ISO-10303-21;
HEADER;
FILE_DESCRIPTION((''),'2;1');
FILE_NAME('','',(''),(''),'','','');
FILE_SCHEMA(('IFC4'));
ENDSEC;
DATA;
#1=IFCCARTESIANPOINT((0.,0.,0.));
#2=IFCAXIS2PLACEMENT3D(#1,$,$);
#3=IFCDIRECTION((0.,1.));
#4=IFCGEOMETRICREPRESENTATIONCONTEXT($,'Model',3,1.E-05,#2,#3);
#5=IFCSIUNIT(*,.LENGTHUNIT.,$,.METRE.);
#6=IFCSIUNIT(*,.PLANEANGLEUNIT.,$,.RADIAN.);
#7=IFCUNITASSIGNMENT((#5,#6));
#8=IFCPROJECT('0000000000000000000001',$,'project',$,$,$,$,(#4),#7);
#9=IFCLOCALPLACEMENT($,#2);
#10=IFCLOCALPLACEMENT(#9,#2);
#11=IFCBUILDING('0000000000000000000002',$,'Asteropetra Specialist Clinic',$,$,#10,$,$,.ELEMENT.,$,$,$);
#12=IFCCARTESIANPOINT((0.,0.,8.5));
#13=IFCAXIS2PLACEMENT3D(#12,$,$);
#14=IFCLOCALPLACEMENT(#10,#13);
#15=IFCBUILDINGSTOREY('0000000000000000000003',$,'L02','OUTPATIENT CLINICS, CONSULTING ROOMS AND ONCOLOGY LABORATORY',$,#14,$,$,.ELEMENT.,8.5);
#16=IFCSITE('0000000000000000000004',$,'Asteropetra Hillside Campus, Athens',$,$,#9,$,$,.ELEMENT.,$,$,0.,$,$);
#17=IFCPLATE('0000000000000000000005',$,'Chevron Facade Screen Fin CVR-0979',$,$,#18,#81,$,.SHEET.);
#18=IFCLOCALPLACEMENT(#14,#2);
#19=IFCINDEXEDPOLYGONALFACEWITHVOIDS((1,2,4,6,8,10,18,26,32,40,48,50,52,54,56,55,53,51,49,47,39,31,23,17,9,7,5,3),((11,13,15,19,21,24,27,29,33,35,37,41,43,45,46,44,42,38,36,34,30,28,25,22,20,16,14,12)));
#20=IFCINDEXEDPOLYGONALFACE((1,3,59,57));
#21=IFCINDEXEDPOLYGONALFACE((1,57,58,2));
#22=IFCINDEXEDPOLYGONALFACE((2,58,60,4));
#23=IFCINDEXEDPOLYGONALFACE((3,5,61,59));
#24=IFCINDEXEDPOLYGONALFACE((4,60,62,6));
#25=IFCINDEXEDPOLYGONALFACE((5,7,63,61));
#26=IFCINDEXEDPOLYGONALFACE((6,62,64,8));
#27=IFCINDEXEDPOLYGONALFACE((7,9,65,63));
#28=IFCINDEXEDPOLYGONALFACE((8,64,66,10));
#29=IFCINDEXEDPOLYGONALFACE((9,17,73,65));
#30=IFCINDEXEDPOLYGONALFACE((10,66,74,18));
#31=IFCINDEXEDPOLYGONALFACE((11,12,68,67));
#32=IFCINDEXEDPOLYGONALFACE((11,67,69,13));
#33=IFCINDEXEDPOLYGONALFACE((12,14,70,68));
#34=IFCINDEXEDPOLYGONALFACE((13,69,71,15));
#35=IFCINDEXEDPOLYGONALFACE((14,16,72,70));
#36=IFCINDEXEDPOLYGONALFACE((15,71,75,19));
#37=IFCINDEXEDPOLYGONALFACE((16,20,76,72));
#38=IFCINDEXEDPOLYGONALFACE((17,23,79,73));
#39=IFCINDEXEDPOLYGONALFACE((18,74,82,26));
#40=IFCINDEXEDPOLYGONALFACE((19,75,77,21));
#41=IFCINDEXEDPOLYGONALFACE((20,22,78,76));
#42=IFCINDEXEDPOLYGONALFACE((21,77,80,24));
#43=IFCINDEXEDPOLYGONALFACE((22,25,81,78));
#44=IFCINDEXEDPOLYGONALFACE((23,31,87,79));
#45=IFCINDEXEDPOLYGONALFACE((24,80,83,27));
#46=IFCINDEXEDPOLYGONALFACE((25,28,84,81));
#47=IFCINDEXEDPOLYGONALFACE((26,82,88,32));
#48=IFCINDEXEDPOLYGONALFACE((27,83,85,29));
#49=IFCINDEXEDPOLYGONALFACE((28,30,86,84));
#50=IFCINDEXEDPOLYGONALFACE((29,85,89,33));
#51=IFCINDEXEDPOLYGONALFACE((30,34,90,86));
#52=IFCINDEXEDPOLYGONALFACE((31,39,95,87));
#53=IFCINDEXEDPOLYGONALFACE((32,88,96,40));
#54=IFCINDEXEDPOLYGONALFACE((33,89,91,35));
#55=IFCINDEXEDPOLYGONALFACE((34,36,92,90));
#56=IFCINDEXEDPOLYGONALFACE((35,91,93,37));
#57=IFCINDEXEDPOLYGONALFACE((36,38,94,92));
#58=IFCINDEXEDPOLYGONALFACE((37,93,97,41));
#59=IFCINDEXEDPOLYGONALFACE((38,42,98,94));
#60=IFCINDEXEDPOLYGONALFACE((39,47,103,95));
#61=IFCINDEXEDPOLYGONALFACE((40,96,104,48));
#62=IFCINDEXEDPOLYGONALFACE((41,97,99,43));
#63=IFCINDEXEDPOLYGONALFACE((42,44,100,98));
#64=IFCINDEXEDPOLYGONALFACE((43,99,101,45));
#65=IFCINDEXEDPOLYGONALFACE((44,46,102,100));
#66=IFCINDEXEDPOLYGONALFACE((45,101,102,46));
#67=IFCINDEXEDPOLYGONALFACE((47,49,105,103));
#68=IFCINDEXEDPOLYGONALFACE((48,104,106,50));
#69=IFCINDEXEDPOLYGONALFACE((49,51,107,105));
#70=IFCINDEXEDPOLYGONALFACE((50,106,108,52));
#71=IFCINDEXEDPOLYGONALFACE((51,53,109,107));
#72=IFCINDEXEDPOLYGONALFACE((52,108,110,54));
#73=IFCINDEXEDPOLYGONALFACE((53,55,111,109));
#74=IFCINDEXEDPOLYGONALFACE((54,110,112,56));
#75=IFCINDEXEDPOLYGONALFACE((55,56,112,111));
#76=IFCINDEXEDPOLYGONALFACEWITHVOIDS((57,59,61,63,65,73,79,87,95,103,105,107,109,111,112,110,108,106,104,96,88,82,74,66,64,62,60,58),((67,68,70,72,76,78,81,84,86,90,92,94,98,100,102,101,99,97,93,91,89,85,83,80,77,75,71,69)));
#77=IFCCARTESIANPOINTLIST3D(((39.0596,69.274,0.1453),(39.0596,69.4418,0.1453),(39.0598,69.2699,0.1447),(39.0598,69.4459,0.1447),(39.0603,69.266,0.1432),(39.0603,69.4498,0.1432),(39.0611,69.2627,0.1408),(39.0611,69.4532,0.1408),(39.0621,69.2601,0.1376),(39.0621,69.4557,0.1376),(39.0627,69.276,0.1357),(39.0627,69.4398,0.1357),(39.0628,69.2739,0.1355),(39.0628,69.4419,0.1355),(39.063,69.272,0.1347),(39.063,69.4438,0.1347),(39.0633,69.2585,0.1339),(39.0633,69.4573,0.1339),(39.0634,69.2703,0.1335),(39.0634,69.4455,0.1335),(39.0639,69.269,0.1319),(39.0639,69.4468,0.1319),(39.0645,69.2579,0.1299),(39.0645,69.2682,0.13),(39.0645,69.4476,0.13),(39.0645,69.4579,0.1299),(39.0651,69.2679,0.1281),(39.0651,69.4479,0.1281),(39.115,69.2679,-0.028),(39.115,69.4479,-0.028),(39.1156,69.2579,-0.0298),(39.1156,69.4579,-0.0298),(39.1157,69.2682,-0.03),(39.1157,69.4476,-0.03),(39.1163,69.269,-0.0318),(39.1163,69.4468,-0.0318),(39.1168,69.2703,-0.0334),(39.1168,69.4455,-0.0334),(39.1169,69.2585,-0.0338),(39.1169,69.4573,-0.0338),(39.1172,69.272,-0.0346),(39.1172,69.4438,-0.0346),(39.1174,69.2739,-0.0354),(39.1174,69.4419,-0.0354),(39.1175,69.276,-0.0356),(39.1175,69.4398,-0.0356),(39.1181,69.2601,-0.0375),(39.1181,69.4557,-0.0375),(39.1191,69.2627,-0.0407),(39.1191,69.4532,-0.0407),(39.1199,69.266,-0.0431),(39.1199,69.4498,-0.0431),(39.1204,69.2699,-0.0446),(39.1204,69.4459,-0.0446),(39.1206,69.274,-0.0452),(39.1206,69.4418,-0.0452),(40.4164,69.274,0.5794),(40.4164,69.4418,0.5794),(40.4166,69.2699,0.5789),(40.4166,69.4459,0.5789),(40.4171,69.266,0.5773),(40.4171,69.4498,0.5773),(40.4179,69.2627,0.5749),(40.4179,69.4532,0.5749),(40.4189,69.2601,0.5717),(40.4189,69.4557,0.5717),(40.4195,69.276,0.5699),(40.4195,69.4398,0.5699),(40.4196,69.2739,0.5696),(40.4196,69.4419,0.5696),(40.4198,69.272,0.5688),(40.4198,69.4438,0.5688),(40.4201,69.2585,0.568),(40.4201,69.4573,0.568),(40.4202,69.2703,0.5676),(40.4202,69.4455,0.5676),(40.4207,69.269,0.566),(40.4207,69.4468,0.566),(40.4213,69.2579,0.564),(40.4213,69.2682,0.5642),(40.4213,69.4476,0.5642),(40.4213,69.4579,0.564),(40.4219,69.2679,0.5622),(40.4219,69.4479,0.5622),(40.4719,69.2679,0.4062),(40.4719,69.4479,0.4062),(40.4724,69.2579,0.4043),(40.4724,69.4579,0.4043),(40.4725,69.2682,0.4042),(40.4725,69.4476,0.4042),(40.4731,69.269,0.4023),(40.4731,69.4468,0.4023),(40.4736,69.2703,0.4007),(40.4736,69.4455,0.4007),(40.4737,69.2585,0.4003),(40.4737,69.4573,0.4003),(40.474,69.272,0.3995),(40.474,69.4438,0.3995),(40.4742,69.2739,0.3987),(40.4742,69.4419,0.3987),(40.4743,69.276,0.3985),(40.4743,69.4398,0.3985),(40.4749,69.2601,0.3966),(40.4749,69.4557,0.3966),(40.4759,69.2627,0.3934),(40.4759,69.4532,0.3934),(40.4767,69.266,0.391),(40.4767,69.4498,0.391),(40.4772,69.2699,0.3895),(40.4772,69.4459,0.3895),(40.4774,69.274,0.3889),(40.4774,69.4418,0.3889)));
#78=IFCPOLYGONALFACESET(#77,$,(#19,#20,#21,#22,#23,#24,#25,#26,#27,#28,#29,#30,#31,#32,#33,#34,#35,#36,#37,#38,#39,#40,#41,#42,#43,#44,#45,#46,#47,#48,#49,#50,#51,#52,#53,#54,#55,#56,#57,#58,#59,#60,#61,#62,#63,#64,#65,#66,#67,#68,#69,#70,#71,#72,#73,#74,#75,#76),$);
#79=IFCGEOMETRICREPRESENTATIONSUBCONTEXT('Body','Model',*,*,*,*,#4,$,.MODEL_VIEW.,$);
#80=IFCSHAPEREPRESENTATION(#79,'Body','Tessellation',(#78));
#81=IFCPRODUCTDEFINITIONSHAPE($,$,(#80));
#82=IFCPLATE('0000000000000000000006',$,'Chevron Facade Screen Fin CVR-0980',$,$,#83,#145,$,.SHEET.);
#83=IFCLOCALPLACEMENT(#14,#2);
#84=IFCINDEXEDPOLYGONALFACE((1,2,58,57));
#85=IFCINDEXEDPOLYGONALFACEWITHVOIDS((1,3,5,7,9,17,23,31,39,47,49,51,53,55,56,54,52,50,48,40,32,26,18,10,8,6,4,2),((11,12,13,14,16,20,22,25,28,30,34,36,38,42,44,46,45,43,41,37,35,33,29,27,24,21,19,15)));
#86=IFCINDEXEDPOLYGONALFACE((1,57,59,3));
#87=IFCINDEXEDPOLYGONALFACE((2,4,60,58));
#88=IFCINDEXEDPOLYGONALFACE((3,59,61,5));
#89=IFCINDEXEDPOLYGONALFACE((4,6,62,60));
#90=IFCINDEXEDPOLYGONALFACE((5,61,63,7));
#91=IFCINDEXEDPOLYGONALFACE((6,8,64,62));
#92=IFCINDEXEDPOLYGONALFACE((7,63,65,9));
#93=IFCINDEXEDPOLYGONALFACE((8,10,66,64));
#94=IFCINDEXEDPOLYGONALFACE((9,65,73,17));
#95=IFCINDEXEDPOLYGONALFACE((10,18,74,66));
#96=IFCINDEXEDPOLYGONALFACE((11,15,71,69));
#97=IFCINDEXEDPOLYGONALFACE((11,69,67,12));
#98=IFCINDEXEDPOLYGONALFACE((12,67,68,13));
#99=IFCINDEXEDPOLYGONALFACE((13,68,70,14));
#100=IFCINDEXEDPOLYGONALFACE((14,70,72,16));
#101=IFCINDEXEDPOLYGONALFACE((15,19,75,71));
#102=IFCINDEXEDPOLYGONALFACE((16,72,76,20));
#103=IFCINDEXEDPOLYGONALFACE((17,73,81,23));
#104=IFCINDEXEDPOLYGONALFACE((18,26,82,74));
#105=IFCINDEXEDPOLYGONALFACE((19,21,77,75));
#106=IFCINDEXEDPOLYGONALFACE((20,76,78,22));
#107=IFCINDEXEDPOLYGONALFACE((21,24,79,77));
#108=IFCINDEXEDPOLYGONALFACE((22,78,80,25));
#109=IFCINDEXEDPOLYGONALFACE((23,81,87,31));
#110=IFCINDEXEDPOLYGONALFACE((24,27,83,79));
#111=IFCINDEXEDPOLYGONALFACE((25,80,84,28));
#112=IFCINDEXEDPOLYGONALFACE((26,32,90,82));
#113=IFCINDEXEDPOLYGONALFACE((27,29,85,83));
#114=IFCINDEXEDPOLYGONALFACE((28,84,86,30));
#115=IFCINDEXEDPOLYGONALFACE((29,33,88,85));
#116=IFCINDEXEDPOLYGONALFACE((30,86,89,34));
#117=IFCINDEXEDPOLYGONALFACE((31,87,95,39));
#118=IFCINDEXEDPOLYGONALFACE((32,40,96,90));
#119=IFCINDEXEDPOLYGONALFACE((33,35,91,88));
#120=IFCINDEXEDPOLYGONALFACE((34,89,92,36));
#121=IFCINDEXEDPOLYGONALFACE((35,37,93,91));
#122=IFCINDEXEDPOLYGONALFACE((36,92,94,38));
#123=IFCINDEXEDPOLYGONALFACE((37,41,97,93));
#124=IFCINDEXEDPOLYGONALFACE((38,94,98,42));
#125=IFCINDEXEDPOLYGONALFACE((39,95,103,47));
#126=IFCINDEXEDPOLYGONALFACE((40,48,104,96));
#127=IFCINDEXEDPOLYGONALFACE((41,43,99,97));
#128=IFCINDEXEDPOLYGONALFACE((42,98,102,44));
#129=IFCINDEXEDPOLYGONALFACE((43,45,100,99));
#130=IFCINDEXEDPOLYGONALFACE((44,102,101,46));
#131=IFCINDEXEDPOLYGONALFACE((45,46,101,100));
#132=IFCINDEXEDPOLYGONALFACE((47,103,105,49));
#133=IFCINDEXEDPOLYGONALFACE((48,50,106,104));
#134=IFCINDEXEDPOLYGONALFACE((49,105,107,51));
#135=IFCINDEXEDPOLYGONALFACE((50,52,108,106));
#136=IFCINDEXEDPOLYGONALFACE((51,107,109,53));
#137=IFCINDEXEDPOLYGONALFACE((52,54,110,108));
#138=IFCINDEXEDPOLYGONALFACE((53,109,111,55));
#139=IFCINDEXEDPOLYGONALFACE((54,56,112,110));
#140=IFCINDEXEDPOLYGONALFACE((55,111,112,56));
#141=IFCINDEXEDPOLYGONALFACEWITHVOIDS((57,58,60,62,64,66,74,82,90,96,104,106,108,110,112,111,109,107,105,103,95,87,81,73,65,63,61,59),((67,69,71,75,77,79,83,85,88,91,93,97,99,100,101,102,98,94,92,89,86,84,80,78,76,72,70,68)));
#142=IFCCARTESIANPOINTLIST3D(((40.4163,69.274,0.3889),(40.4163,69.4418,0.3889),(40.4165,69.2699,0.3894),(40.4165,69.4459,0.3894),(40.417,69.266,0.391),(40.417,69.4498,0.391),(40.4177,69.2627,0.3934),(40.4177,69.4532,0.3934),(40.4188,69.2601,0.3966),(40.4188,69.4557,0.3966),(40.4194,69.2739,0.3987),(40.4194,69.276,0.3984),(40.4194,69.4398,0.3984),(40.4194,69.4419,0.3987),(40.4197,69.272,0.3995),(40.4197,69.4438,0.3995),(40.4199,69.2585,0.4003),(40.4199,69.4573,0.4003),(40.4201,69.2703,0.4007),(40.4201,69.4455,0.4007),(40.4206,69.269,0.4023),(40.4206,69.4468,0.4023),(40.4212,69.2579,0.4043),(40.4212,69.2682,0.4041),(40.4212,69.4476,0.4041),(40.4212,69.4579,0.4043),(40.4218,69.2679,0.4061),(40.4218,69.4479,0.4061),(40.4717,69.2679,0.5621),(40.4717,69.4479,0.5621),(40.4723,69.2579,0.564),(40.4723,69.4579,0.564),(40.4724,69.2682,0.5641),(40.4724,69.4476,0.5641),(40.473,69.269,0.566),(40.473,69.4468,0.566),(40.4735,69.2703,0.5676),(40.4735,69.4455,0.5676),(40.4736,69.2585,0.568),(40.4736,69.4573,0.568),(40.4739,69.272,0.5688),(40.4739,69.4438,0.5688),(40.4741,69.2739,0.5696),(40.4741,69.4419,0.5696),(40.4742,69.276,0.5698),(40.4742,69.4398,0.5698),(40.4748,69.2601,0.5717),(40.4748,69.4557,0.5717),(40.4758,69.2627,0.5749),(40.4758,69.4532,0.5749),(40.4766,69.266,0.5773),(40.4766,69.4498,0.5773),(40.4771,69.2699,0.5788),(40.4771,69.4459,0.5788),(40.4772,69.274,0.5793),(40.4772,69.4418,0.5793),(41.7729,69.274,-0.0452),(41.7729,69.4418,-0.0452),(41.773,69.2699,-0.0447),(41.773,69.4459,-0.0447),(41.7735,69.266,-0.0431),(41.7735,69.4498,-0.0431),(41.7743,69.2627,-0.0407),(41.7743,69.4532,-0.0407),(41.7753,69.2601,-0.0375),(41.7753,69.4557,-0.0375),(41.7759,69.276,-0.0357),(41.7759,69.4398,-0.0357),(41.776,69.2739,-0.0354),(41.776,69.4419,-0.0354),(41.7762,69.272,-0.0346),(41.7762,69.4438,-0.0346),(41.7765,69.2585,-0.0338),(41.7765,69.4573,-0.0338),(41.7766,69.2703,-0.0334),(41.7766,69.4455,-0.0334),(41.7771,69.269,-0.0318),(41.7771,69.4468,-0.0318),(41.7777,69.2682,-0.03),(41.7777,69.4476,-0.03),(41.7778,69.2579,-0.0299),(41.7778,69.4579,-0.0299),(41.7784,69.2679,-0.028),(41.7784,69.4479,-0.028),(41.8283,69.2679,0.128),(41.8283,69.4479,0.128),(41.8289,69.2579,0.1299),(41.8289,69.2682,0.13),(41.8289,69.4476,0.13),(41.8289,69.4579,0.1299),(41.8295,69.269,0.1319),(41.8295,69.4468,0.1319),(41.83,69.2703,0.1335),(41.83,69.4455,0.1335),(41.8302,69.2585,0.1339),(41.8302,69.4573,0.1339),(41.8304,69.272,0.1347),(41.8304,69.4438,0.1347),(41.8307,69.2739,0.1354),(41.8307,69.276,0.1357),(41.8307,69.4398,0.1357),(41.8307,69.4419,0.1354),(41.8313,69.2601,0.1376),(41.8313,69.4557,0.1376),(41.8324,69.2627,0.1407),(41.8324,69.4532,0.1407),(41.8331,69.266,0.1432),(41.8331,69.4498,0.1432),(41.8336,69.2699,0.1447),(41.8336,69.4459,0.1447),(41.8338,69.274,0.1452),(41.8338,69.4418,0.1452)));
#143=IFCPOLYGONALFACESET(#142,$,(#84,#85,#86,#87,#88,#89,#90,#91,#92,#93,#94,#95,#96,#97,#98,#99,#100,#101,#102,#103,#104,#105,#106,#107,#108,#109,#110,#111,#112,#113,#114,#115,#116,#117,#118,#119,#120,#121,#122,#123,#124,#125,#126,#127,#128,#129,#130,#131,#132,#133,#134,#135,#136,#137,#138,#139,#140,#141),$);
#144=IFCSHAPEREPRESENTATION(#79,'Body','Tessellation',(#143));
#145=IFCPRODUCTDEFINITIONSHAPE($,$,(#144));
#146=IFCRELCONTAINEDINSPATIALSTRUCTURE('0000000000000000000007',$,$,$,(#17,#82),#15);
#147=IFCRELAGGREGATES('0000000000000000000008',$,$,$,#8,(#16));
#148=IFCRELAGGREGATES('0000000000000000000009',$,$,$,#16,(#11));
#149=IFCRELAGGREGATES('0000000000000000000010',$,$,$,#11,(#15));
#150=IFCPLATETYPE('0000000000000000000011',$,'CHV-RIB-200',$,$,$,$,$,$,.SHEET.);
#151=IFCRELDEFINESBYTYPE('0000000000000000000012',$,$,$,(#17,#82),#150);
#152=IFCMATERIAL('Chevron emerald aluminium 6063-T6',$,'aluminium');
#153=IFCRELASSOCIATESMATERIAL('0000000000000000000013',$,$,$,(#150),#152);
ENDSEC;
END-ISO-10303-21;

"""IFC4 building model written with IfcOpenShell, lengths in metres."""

from ifc_helpers import new_model, si_unit, direction, frame, origin, origin_2d, place, context, subcontext, project, spatial, hollow_rectangle, extrude, material, material_profile, profile_set, type_object, element, save


model = new_model("IFC4")

# Units and contexts
model_context = context("Model", 3, precision=1e-05, world=origin(), true_north=direction((0.0, 1.0)))
body_context = subcontext(model_context, "Body", "Model", "MODEL_VIEW")
ifc_project = project(units=[si_unit("LENGTHUNIT", "METRE"), si_unit("PLANEANGLEUNIT", "RADIAN")], contexts=[model_context])

# Site, building, storey
site_placement = place(None, origin())
site = spatial("IfcSite", under=ifc_project, at=site_placement, Name="Asteropetra Hillside Campus, Athens", CompositionType="ELEMENT", RefElevation=0.0)
building_placement = place(site_placement, origin())
building = spatial("IfcBuilding", under=site, at=building_placement, Name="Asteropetra Specialist Clinic", CompositionType="ELEMENT")
storey_placement = place(building_placement, frame((0.0, 0.0, 8.5)))
storey = spatial("IfcBuildingStorey", under=building, at=storey_placement, Name="L02", Description="OUTPATIENT CLINICS, CONSULTING ROOMS AND ONCOLOGY LABORATORY", CompositionType="ELEMENT", Elevation=8.5)

# Plates
ifc_material = material(Name="Chevron emerald aluminium 6063-T6", Category="aluminium")
ifc_material_profile = material_profile(ifc_material, hollow_rectangle(XDim=0.2, YDim=0.2, WallThickness=0.01, InnerFilletRadius=0.0081, OuterFilletRadius=0.0161, at=origin_2d()), Name="SHS 200x200x10.0")
ifc_profile_set = profile_set([ifc_material_profile], Name="Chevron emerald aluminium 6063-T6")
plate_type = type_object("IfcPlateType", Name="CHV-RIB-200", PredefinedType="SHEET", material=ifc_profile_set)
for number, where, z_axis, x_axis, name in (
    (1, (39.0901, 69.3579, 0.05), (0.952436, 0.0, 0.304738), (0.0, 1.0, 0.0), "Chevron Facade Screen Fin CVR-0979"),
):
    element("IfcPlate", number, at=place(storey_placement, frame(where, z_axis=z_axis, x_axis=x_axis)), inside=storey, type_object=plate_type, Name=name, PredefinedType="SHEET", context=body_context, shape_type="SweptSolid", body=[
        extrude(hollow_rectangle(XDim=0.2, YDim=0.2, WallThickness=0.01, InnerFilletRadius=0.0081, OuterFilletRadius=0.0161, at=origin_2d()), origin(), (0.0, 0.0, 1.0), 1.4246),
    ])
plate_1_placement = place(storey_placement, frame((40.4468, 69.3579, 0.4841), z_axis=(0.95242, 0.0, -0.304788), x_axis=(0.0, 1.0, 0.0)))
element("IfcPlate", 2, at=plate_1_placement, inside=storey, type_object=plate_type, Name="Chevron Facade Screen Fin CVR-0980", PredefinedType="SHEET", context=body_context, shape_type="SweptSolid", body=[
    extrude(hollow_rectangle(XDim=0.2, YDim=0.2, WallThickness=0.01, InnerFilletRadius=0.0081, OuterFilletRadius=0.0161, at=origin_2d()), origin(), (0.0, 0.0, 1.0), 1.4243),
])

save(model, "model.ifc")
